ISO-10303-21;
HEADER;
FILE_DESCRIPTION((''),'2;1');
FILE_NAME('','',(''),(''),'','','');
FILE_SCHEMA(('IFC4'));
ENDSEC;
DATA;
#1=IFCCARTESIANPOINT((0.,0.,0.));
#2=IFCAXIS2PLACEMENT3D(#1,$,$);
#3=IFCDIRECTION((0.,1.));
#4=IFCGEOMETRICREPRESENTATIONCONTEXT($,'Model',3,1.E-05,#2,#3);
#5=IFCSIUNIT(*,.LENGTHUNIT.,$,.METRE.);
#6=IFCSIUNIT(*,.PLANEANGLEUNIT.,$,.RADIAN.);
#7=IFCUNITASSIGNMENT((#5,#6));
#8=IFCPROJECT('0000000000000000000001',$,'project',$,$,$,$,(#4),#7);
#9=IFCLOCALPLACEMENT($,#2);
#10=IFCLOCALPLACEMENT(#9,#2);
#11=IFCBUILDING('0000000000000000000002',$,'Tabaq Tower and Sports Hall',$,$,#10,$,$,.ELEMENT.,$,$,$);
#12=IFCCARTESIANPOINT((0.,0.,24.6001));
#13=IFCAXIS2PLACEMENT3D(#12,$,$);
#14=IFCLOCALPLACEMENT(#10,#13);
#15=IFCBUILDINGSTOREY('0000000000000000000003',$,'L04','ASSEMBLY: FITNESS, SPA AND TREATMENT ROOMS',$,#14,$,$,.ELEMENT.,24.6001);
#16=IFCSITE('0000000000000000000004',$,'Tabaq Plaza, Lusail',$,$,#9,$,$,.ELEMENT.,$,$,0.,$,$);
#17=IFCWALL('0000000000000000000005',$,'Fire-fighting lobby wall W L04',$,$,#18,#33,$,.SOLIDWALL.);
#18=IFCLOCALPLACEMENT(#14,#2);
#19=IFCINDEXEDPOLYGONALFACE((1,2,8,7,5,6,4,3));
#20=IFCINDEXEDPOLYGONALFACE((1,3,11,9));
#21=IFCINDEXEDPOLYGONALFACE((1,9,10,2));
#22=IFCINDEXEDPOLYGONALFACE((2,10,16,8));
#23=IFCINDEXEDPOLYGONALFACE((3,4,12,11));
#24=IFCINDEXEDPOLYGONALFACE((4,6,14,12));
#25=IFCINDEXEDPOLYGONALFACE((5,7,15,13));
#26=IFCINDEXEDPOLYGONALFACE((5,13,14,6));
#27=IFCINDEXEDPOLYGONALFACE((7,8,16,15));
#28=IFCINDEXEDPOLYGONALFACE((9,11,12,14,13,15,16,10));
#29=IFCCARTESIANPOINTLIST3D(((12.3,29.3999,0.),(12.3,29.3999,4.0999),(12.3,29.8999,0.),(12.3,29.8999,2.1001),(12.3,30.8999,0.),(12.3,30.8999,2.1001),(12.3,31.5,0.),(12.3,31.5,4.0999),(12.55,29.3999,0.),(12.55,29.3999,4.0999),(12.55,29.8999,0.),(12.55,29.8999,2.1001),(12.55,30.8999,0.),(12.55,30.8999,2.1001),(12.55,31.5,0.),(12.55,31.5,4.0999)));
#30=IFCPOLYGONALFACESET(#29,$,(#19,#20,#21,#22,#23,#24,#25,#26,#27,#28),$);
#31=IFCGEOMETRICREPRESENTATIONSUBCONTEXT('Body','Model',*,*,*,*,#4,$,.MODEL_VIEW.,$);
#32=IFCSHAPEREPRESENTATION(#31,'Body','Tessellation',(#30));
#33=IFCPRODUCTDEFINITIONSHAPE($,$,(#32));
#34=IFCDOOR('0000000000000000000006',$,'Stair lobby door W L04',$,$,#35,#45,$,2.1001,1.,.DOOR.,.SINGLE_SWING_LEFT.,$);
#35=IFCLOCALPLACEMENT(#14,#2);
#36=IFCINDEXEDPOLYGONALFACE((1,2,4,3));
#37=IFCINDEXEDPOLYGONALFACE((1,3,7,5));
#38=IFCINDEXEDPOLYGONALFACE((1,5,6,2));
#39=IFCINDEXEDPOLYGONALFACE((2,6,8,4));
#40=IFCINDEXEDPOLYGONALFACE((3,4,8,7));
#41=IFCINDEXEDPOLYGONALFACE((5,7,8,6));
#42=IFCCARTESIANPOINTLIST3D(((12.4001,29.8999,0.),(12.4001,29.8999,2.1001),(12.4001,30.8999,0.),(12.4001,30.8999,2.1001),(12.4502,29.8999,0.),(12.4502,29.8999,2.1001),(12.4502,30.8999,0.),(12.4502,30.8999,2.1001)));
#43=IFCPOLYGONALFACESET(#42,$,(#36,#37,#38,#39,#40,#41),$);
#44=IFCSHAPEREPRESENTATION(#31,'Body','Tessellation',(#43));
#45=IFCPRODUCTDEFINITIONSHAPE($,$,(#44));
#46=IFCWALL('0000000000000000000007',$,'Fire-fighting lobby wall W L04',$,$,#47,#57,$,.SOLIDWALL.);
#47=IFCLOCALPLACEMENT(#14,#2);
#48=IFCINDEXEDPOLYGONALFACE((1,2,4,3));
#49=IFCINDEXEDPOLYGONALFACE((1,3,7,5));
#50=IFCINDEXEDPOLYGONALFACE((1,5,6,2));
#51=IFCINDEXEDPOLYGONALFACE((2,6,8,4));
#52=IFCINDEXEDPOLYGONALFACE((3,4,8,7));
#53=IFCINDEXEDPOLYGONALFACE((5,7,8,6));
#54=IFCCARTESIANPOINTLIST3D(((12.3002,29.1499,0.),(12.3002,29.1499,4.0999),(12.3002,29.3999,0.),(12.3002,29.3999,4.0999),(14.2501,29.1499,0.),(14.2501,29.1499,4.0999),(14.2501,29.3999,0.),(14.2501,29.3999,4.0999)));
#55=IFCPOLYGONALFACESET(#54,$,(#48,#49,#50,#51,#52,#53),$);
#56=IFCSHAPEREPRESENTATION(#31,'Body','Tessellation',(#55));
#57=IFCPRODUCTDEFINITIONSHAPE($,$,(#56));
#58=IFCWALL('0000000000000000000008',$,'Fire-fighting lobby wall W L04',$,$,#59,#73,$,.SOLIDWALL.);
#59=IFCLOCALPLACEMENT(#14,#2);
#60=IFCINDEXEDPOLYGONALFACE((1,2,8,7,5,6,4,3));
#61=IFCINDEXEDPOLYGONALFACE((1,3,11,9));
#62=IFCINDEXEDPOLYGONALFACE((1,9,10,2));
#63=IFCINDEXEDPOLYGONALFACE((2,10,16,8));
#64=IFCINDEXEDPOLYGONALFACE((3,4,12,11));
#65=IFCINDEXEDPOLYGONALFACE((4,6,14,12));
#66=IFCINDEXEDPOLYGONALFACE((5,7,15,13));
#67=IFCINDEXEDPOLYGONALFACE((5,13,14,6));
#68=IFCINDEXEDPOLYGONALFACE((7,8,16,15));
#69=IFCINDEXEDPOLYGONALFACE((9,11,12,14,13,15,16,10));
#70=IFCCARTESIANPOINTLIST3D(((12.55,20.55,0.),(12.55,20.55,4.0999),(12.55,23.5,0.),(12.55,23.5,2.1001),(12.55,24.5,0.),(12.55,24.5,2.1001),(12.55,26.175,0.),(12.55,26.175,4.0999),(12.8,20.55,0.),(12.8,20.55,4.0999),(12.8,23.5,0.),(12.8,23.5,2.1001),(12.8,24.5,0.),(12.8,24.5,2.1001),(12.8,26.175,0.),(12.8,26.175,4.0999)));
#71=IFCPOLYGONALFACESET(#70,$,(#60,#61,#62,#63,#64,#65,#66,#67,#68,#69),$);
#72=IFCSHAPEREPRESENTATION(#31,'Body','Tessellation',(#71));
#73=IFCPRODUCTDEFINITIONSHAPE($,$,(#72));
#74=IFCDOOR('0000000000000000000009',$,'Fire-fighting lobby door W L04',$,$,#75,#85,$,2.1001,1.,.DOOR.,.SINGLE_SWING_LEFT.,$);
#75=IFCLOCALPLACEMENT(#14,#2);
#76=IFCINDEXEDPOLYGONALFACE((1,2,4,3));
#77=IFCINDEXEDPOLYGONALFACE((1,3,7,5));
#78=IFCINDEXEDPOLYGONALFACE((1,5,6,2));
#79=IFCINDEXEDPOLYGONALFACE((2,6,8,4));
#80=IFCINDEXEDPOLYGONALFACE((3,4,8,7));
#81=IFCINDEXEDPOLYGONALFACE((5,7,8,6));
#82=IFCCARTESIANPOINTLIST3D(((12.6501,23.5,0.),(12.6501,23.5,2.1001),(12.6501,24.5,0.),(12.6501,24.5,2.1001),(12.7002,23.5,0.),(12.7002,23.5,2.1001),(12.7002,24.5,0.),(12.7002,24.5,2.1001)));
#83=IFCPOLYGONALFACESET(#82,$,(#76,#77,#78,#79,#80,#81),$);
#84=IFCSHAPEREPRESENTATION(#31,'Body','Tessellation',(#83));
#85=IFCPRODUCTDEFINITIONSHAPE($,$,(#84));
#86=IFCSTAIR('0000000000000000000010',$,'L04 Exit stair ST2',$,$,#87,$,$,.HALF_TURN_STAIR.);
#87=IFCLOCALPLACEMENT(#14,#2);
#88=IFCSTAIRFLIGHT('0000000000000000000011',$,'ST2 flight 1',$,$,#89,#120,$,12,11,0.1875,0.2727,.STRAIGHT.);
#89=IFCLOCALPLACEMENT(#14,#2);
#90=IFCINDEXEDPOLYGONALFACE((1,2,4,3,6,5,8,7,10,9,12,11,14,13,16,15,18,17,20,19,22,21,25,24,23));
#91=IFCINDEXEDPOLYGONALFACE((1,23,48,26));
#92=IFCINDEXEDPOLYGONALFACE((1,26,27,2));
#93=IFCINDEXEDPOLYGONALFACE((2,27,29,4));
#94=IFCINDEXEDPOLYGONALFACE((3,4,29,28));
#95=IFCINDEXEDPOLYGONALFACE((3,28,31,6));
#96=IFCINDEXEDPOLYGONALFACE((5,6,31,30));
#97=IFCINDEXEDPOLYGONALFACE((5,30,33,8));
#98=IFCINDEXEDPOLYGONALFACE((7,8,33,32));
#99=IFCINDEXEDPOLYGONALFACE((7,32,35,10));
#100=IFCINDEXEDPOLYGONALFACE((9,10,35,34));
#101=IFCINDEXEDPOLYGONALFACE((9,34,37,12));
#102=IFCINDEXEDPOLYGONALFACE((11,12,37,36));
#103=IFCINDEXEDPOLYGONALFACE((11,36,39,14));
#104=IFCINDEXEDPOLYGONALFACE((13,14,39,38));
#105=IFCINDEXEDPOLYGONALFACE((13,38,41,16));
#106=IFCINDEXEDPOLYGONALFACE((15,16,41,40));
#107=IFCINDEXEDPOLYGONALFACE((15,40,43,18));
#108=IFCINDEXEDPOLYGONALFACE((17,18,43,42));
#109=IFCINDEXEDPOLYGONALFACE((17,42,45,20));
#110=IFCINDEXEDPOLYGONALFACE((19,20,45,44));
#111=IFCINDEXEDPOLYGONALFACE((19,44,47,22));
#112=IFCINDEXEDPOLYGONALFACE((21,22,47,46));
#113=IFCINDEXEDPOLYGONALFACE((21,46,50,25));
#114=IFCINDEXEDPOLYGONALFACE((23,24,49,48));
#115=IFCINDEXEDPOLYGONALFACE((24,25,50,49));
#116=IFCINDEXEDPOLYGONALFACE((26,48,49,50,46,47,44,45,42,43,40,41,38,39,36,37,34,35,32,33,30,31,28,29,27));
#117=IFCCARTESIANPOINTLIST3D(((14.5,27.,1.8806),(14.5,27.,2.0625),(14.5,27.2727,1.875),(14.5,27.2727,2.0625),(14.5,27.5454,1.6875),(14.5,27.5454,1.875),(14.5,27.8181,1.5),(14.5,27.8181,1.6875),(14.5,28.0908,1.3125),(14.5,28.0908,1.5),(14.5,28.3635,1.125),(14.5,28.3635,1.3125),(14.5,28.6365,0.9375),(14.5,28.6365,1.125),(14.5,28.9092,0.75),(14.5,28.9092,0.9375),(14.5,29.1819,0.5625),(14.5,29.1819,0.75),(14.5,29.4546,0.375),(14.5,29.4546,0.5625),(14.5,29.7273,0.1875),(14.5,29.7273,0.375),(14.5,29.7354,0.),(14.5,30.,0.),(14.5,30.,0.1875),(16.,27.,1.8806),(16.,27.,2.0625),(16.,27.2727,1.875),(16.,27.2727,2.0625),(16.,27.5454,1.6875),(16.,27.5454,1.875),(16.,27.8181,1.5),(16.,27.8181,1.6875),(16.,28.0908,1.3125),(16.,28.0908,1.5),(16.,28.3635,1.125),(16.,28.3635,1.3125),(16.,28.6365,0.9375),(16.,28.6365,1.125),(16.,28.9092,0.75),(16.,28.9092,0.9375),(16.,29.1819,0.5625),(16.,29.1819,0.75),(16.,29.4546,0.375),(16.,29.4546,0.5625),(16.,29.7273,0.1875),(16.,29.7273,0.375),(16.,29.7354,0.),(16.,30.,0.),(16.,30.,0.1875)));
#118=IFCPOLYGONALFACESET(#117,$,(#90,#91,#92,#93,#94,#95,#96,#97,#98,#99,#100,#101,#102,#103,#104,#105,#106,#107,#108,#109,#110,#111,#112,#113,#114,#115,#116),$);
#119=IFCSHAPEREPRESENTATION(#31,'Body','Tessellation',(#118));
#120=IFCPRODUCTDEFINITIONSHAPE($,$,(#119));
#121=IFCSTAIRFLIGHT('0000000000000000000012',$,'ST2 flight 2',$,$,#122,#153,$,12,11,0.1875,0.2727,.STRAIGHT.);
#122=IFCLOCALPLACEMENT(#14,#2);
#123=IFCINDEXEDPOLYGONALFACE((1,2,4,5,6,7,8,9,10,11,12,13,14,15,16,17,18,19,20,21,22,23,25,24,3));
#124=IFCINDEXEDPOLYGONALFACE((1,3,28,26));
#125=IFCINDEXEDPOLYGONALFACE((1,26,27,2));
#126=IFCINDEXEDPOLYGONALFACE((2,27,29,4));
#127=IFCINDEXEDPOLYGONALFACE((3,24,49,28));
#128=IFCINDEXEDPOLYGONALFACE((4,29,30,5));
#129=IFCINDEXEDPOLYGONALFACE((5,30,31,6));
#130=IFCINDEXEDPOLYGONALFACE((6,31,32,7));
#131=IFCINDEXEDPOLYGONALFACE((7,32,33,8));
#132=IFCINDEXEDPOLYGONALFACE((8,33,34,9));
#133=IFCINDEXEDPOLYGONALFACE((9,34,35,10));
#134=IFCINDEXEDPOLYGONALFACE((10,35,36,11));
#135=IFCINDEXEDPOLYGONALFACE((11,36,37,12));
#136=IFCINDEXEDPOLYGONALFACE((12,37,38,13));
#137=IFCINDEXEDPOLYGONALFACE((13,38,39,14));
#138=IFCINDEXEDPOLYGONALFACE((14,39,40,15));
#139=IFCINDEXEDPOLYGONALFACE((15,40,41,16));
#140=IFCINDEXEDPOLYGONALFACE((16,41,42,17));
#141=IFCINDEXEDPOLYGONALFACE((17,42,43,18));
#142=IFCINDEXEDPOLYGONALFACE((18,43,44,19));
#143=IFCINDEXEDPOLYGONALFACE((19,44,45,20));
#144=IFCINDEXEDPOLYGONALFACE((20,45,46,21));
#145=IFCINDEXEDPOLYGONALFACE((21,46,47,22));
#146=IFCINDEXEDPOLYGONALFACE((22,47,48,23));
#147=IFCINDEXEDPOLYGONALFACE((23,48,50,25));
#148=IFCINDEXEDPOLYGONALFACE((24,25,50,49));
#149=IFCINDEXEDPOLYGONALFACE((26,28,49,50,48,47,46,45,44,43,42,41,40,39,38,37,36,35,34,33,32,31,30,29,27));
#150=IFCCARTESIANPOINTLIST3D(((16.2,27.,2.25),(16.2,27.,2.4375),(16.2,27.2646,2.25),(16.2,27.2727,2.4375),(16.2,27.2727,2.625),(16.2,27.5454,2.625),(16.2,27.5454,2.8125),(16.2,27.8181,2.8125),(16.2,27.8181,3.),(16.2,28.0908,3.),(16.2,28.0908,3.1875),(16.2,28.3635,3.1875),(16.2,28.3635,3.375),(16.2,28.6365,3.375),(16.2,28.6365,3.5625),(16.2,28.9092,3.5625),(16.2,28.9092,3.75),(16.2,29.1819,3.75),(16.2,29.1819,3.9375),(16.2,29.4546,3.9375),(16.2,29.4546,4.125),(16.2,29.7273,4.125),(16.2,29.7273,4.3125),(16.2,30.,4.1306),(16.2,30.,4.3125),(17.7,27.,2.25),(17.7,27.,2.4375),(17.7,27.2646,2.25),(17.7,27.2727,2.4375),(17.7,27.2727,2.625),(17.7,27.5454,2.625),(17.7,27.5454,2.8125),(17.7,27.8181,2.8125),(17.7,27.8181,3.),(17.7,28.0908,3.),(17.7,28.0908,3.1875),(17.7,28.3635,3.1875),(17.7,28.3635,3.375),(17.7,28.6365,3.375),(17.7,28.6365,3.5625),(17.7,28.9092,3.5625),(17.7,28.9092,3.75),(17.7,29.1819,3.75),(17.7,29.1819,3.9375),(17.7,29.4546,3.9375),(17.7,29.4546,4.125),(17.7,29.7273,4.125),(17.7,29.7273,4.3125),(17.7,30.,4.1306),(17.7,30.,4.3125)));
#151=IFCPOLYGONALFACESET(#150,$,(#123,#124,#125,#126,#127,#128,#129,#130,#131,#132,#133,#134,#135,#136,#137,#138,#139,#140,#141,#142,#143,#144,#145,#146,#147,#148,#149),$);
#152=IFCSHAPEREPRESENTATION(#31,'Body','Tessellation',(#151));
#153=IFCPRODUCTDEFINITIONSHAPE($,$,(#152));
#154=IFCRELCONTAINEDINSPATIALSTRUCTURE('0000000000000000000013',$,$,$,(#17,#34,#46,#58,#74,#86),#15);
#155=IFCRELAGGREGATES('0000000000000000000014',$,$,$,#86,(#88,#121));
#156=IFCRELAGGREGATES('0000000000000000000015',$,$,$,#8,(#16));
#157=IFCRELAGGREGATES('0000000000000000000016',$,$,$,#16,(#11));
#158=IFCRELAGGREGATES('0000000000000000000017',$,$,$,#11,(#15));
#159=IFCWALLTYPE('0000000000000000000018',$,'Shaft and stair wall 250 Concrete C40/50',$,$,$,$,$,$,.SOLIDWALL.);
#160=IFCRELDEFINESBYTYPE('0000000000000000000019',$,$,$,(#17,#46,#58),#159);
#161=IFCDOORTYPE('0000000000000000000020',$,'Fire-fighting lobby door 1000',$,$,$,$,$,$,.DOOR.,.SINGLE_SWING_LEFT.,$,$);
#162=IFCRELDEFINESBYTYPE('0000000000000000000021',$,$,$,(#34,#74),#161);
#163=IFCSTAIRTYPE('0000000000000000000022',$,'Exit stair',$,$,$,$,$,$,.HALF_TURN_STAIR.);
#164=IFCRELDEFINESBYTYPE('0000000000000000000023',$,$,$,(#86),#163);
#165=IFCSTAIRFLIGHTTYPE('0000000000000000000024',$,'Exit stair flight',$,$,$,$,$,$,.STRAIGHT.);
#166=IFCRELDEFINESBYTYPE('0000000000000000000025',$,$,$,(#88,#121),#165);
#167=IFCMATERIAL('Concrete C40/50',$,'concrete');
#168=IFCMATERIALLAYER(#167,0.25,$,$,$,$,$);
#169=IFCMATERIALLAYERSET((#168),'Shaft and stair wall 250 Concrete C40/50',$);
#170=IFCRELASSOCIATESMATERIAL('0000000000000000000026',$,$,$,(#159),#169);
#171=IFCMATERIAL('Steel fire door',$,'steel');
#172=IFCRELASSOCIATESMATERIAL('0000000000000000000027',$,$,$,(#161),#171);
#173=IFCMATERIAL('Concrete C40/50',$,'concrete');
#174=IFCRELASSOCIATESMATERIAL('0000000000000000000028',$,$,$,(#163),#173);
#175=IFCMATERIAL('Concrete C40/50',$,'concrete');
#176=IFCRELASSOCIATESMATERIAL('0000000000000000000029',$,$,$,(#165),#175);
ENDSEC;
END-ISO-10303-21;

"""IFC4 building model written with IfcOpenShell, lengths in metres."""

from ifc_helpers import new_model, si_unit, direction, frame, frame_2d, origin, place, context, subcontext, project, spatial, polyline, rectangle, outline, extrude, material, layer, layer_set, type_object, element, fill, aggregate, save


model = new_model("IFC4")

# Units and contexts
model_context = context("Model", 3, precision=1e-05, world=origin(), true_north=direction((0.0, 1.0)))
body_context = subcontext(model_context, "Body", "Model", "MODEL_VIEW")
ifc_project = project(units=[si_unit("LENGTHUNIT", "METRE"), si_unit("PLANEANGLEUNIT", "RADIAN")], contexts=[model_context])

# Site, building, storey
site_placement = place(None, origin())
site = spatial("IfcSite", under=ifc_project, at=site_placement, Name="Tabaq Plaza, Lusail", CompositionType="ELEMENT", RefElevation=0.0)
building_placement = place(site_placement, origin())
building = spatial("IfcBuilding", under=site, at=building_placement, Name="Tabaq Tower and Sports Hall", CompositionType="ELEMENT")
storey_placement = place(building_placement, frame((0.0, 0.0, 24.6001)))
storey = spatial("IfcBuildingStorey", under=building, at=storey_placement, Name="L04", Description="ASSEMBLY: FITNESS, SPA AND TREATMENT ROOMS", CompositionType="ELEMENT", Elevation=24.6001)

# Shared definitions
ifc_material_1 = material(Name="Concrete C40/50", Category="concrete")
ifc_layer_1 = layer(ifc_material_1, 0.25)
ifc_layer_set_1 = layer_set([ifc_layer_1], Name="Shaft and stair wall 250 Concrete C40/50")
wall_type_1 = type_object("IfcWallType", Name="Shaft and stair wall 250 Concrete C40/50", PredefinedType="SOLIDWALL", material=ifc_layer_set_1)

# Wall, opening, door
wall_1_placement = place(storey_placement, frame((12.425, 29.3999, 0.0), z_axis=(0.0, 0.0, 1.0), x_axis=(0.0, 1.0, 0.0)))
wall_1 = element("IfcWall", 1, at=wall_1_placement, inside=storey, type_object=wall_type_1, Name="Fire-fighting lobby wall W L04", PredefinedType="SOLIDWALL", context=body_context, shape_type="SweptSolid", body=[
    extrude(rectangle(XDim=2.1001, YDim=0.25, at=frame_2d((1.05, 0.0))), origin(), (0.0, 0.0, 1.0), 4.0999),
])
opening_1_placement = place(wall_1_placement, frame((0.5, 0.0, 0.0)))
opening_1 = element("IfcOpeningElement", 2, at=opening_1_placement, cuts=wall_1, PredefinedType="OPENING", context=body_context, shape_type="SweptSolid", body=[
    extrude(rectangle(XDim=1.0, YDim=2.1001, at=frame_2d((0.5, 1.05))), frame((0.0, 0.125, 0.0), z_axis=(0.0, -1.0, 0.0), x_axis=(1.0, 0.0, 0.0)), (0.0, 0.0, 1.0), 0.25),
])
ifc_material_2 = material(Name="Steel fire door", Category="steel")
door_type = type_object("IfcDoorType", Name="Fire-fighting lobby door 1000", OperationType="SINGLE_SWING_LEFT", PredefinedType="DOOR", material=ifc_material_2)
door_1_placement = place(opening_1_placement, origin())
door_1 = element("IfcDoor", 3, at=door_1_placement, inside=storey, type_object=door_type, Name="Stair lobby door W L04", OperationType="SINGLE_SWING_LEFT", OverallHeight=2.1001, OverallWidth=1.0, PredefinedType="DOOR", context=body_context, shape_type="SweptSolid", body=[
    extrude(rectangle(XDim=1.0, YDim=2.1001, at=frame_2d((0.5, 1.05))), frame((0.0, 0.0249, 0.0), z_axis=(0.0, -1.0, 0.0), x_axis=(1.0, 0.0, 0.0)), (0.0, 0.0, 1.0), 0.05),
])
fill(opening_1, door_1)

# Wall
wall_2_placement = place(storey_placement, frame((12.3, 29.2749, 0.0), z_axis=(0.0, 0.0, 1.0), x_axis=(1.0, 0.0, 0.0)))
element("IfcWall", 4, at=wall_2_placement, inside=storey, type_object=wall_type_1, Name="Fire-fighting lobby wall W L04", PredefinedType="SOLIDWALL", context=body_context, shape_type="SweptSolid", body=[
    extrude(rectangle(XDim=1.95, YDim=0.25, at=frame_2d((0.9751, 0.0))), origin(), (0.0, 0.0, 1.0), 4.0999),
])

# Wall, opening, door
wall_3_placement = place(storey_placement, frame((12.675, 20.55, 0.0), z_axis=(0.0, 0.0, 1.0), x_axis=(0.0, 1.0, 0.0)))
wall_3 = element("IfcWall", 5, at=wall_3_placement, inside=storey, type_object=wall_type_1, Name="Fire-fighting lobby wall W L04", PredefinedType="SOLIDWALL", context=body_context, shape_type="SweptSolid", body=[
    extrude(rectangle(XDim=5.625, YDim=0.25, at=frame_2d((2.8125, 0.0))), origin(), (0.0, 0.0, 1.0), 4.0999),
])
opening_2_placement = place(wall_3_placement, frame((2.95, 0.0, 0.0)))
opening_2 = element("IfcOpeningElement", 6, at=opening_2_placement, cuts=wall_3, PredefinedType="OPENING", context=body_context, shape_type="SweptSolid", body=[
    extrude(rectangle(XDim=1.0, YDim=2.1001, at=frame_2d((0.5, 1.05))), frame((0.0, 0.125, 0.0), z_axis=(0.0, -1.0, 0.0), x_axis=(1.0, 0.0, 0.0)), (0.0, 0.0, 1.0), 0.25),
])
door_2_placement = place(opening_2_placement, origin())
door_2 = element("IfcDoor", 7, at=door_2_placement, inside=storey, type_object=door_type, Name="Fire-fighting lobby door W L04", OperationType="SINGLE_SWING_LEFT", OverallHeight=2.1001, OverallWidth=1.0, PredefinedType="DOOR", context=body_context, shape_type="SweptSolid", body=[
    extrude(rectangle(XDim=1.0, YDim=2.1001, at=frame_2d((0.5, 1.05))), frame((0.0, 0.0249, 0.0), z_axis=(0.0, -1.0, 0.0), x_axis=(1.0, 0.0, 0.0)), (0.0, 0.0, 1.0), 0.05),
])
fill(opening_2, door_2)

# Stair, stair flights
ifc_material_3 = material(Name="Concrete C40/50", Category="concrete")
stair_type = type_object("IfcStairType", Name="Exit stair", PredefinedType="HALF_TURN_STAIR", material=ifc_material_3)
stair_placement = place(storey_placement, origin())
stair = element("IfcStair", 8, at=stair_placement, inside=storey, type_object=stair_type, Name="L04 Exit stair ST2", PredefinedType="HALF_TURN_STAIR")
ifc_material_4 = material(Name="Concrete C40/50", Category="concrete")
stair_flight_type = type_object("IfcStairFlightType", Name="Exit stair flight", PredefinedType="STRAIGHT", material=ifc_material_4)
stair_flight_1_placement = place(storey_placement, frame((15.25, 30.0, 0.0), z_axis=(0.0, 0.0, 1.0), x_axis=(0.0, -1.0, 0.0)))
stair_flight_1 = element("IfcStairFlight", 9, at=stair_flight_1_placement, type_object=stair_flight_type, Name="ST2 flight 1", NumberOfRisers=12, NumberOfTreads=11, PredefinedType="STRAIGHT", RiserHeight=0.1875, TreadLength=0.2727, context=body_context, shape_type="SweptSolid", body=[
    extrude(outline(polyline([(0.0, 0.0), (0.0, 0.1875), (0.2727, 0.1875), (0.2727, 0.375), (0.5454, 0.375), (0.5454, 0.5625), (0.8181, 0.5625), (0.8181, 0.75), (1.0908, 0.75), (1.0908, 0.9375), (1.3635, 0.9375), (1.3635, 1.125), (1.6365, 1.125), (1.6365, 1.3125), (1.9092, 1.3125), (1.9092, 1.5), (2.1819, 1.5), (2.1819, 1.6875), (2.4546, 1.6875), (2.4546, 1.875), (2.7273, 1.875), (2.7273, 2.0625), (3.0, 2.0625), (3.0, 2.25), (3.0, 1.8806), (0.2646, 0.0), (0.0, 0.0)])), frame((0.0, 0.75, 0.0), z_axis=(0.0, -1.0, 0.0), x_axis=(1.0, 0.0, 0.0)), (0.0, 0.0, 1.0), 1.5),
])
stair_flight_2_placement = place(storey_placement, frame((16.95, 27.0, 2.25), z_axis=(0.0, 0.0, 1.0), x_axis=(0.0, 1.0, 0.0)))
stair_flight_2 = element("IfcStairFlight", 10, at=stair_flight_2_placement, type_object=stair_flight_type, Name="ST2 flight 2", NumberOfRisers=12, NumberOfTreads=11, PredefinedType="STRAIGHT", RiserHeight=0.1875, TreadLength=0.2727, context=body_context, shape_type="SweptSolid", body=[
    extrude(outline(polyline([(0.0, 0.0), (0.0, 0.1875), (0.2727, 0.1875), (0.2727, 0.375), (0.5454, 0.375), (0.5454, 0.5625), (0.8181, 0.5625), (0.8181, 0.75), (1.0908, 0.75), (1.0908, 0.9375), (1.3635, 0.9375), (1.3635, 1.125), (1.6365, 1.125), (1.6365, 1.3125), (1.9092, 1.3125), (1.9092, 1.5), (2.1819, 1.5), (2.1819, 1.6875), (2.4546, 1.6875), (2.4546, 1.875), (2.7273, 1.875), (2.7273, 2.0625), (3.0, 2.0625), (3.0, 2.25), (3.0, 1.8806), (0.2646, 0.0), (0.0, 0.0)])), frame((0.0, 0.75, 0.0), z_axis=(0.0, -1.0, 0.0), x_axis=(1.0, 0.0, 0.0)), (0.0, 0.0, 1.0), 1.5),
])
aggregate(stair, [stair_flight_1, stair_flight_2])

save(model, "model.ifc")
